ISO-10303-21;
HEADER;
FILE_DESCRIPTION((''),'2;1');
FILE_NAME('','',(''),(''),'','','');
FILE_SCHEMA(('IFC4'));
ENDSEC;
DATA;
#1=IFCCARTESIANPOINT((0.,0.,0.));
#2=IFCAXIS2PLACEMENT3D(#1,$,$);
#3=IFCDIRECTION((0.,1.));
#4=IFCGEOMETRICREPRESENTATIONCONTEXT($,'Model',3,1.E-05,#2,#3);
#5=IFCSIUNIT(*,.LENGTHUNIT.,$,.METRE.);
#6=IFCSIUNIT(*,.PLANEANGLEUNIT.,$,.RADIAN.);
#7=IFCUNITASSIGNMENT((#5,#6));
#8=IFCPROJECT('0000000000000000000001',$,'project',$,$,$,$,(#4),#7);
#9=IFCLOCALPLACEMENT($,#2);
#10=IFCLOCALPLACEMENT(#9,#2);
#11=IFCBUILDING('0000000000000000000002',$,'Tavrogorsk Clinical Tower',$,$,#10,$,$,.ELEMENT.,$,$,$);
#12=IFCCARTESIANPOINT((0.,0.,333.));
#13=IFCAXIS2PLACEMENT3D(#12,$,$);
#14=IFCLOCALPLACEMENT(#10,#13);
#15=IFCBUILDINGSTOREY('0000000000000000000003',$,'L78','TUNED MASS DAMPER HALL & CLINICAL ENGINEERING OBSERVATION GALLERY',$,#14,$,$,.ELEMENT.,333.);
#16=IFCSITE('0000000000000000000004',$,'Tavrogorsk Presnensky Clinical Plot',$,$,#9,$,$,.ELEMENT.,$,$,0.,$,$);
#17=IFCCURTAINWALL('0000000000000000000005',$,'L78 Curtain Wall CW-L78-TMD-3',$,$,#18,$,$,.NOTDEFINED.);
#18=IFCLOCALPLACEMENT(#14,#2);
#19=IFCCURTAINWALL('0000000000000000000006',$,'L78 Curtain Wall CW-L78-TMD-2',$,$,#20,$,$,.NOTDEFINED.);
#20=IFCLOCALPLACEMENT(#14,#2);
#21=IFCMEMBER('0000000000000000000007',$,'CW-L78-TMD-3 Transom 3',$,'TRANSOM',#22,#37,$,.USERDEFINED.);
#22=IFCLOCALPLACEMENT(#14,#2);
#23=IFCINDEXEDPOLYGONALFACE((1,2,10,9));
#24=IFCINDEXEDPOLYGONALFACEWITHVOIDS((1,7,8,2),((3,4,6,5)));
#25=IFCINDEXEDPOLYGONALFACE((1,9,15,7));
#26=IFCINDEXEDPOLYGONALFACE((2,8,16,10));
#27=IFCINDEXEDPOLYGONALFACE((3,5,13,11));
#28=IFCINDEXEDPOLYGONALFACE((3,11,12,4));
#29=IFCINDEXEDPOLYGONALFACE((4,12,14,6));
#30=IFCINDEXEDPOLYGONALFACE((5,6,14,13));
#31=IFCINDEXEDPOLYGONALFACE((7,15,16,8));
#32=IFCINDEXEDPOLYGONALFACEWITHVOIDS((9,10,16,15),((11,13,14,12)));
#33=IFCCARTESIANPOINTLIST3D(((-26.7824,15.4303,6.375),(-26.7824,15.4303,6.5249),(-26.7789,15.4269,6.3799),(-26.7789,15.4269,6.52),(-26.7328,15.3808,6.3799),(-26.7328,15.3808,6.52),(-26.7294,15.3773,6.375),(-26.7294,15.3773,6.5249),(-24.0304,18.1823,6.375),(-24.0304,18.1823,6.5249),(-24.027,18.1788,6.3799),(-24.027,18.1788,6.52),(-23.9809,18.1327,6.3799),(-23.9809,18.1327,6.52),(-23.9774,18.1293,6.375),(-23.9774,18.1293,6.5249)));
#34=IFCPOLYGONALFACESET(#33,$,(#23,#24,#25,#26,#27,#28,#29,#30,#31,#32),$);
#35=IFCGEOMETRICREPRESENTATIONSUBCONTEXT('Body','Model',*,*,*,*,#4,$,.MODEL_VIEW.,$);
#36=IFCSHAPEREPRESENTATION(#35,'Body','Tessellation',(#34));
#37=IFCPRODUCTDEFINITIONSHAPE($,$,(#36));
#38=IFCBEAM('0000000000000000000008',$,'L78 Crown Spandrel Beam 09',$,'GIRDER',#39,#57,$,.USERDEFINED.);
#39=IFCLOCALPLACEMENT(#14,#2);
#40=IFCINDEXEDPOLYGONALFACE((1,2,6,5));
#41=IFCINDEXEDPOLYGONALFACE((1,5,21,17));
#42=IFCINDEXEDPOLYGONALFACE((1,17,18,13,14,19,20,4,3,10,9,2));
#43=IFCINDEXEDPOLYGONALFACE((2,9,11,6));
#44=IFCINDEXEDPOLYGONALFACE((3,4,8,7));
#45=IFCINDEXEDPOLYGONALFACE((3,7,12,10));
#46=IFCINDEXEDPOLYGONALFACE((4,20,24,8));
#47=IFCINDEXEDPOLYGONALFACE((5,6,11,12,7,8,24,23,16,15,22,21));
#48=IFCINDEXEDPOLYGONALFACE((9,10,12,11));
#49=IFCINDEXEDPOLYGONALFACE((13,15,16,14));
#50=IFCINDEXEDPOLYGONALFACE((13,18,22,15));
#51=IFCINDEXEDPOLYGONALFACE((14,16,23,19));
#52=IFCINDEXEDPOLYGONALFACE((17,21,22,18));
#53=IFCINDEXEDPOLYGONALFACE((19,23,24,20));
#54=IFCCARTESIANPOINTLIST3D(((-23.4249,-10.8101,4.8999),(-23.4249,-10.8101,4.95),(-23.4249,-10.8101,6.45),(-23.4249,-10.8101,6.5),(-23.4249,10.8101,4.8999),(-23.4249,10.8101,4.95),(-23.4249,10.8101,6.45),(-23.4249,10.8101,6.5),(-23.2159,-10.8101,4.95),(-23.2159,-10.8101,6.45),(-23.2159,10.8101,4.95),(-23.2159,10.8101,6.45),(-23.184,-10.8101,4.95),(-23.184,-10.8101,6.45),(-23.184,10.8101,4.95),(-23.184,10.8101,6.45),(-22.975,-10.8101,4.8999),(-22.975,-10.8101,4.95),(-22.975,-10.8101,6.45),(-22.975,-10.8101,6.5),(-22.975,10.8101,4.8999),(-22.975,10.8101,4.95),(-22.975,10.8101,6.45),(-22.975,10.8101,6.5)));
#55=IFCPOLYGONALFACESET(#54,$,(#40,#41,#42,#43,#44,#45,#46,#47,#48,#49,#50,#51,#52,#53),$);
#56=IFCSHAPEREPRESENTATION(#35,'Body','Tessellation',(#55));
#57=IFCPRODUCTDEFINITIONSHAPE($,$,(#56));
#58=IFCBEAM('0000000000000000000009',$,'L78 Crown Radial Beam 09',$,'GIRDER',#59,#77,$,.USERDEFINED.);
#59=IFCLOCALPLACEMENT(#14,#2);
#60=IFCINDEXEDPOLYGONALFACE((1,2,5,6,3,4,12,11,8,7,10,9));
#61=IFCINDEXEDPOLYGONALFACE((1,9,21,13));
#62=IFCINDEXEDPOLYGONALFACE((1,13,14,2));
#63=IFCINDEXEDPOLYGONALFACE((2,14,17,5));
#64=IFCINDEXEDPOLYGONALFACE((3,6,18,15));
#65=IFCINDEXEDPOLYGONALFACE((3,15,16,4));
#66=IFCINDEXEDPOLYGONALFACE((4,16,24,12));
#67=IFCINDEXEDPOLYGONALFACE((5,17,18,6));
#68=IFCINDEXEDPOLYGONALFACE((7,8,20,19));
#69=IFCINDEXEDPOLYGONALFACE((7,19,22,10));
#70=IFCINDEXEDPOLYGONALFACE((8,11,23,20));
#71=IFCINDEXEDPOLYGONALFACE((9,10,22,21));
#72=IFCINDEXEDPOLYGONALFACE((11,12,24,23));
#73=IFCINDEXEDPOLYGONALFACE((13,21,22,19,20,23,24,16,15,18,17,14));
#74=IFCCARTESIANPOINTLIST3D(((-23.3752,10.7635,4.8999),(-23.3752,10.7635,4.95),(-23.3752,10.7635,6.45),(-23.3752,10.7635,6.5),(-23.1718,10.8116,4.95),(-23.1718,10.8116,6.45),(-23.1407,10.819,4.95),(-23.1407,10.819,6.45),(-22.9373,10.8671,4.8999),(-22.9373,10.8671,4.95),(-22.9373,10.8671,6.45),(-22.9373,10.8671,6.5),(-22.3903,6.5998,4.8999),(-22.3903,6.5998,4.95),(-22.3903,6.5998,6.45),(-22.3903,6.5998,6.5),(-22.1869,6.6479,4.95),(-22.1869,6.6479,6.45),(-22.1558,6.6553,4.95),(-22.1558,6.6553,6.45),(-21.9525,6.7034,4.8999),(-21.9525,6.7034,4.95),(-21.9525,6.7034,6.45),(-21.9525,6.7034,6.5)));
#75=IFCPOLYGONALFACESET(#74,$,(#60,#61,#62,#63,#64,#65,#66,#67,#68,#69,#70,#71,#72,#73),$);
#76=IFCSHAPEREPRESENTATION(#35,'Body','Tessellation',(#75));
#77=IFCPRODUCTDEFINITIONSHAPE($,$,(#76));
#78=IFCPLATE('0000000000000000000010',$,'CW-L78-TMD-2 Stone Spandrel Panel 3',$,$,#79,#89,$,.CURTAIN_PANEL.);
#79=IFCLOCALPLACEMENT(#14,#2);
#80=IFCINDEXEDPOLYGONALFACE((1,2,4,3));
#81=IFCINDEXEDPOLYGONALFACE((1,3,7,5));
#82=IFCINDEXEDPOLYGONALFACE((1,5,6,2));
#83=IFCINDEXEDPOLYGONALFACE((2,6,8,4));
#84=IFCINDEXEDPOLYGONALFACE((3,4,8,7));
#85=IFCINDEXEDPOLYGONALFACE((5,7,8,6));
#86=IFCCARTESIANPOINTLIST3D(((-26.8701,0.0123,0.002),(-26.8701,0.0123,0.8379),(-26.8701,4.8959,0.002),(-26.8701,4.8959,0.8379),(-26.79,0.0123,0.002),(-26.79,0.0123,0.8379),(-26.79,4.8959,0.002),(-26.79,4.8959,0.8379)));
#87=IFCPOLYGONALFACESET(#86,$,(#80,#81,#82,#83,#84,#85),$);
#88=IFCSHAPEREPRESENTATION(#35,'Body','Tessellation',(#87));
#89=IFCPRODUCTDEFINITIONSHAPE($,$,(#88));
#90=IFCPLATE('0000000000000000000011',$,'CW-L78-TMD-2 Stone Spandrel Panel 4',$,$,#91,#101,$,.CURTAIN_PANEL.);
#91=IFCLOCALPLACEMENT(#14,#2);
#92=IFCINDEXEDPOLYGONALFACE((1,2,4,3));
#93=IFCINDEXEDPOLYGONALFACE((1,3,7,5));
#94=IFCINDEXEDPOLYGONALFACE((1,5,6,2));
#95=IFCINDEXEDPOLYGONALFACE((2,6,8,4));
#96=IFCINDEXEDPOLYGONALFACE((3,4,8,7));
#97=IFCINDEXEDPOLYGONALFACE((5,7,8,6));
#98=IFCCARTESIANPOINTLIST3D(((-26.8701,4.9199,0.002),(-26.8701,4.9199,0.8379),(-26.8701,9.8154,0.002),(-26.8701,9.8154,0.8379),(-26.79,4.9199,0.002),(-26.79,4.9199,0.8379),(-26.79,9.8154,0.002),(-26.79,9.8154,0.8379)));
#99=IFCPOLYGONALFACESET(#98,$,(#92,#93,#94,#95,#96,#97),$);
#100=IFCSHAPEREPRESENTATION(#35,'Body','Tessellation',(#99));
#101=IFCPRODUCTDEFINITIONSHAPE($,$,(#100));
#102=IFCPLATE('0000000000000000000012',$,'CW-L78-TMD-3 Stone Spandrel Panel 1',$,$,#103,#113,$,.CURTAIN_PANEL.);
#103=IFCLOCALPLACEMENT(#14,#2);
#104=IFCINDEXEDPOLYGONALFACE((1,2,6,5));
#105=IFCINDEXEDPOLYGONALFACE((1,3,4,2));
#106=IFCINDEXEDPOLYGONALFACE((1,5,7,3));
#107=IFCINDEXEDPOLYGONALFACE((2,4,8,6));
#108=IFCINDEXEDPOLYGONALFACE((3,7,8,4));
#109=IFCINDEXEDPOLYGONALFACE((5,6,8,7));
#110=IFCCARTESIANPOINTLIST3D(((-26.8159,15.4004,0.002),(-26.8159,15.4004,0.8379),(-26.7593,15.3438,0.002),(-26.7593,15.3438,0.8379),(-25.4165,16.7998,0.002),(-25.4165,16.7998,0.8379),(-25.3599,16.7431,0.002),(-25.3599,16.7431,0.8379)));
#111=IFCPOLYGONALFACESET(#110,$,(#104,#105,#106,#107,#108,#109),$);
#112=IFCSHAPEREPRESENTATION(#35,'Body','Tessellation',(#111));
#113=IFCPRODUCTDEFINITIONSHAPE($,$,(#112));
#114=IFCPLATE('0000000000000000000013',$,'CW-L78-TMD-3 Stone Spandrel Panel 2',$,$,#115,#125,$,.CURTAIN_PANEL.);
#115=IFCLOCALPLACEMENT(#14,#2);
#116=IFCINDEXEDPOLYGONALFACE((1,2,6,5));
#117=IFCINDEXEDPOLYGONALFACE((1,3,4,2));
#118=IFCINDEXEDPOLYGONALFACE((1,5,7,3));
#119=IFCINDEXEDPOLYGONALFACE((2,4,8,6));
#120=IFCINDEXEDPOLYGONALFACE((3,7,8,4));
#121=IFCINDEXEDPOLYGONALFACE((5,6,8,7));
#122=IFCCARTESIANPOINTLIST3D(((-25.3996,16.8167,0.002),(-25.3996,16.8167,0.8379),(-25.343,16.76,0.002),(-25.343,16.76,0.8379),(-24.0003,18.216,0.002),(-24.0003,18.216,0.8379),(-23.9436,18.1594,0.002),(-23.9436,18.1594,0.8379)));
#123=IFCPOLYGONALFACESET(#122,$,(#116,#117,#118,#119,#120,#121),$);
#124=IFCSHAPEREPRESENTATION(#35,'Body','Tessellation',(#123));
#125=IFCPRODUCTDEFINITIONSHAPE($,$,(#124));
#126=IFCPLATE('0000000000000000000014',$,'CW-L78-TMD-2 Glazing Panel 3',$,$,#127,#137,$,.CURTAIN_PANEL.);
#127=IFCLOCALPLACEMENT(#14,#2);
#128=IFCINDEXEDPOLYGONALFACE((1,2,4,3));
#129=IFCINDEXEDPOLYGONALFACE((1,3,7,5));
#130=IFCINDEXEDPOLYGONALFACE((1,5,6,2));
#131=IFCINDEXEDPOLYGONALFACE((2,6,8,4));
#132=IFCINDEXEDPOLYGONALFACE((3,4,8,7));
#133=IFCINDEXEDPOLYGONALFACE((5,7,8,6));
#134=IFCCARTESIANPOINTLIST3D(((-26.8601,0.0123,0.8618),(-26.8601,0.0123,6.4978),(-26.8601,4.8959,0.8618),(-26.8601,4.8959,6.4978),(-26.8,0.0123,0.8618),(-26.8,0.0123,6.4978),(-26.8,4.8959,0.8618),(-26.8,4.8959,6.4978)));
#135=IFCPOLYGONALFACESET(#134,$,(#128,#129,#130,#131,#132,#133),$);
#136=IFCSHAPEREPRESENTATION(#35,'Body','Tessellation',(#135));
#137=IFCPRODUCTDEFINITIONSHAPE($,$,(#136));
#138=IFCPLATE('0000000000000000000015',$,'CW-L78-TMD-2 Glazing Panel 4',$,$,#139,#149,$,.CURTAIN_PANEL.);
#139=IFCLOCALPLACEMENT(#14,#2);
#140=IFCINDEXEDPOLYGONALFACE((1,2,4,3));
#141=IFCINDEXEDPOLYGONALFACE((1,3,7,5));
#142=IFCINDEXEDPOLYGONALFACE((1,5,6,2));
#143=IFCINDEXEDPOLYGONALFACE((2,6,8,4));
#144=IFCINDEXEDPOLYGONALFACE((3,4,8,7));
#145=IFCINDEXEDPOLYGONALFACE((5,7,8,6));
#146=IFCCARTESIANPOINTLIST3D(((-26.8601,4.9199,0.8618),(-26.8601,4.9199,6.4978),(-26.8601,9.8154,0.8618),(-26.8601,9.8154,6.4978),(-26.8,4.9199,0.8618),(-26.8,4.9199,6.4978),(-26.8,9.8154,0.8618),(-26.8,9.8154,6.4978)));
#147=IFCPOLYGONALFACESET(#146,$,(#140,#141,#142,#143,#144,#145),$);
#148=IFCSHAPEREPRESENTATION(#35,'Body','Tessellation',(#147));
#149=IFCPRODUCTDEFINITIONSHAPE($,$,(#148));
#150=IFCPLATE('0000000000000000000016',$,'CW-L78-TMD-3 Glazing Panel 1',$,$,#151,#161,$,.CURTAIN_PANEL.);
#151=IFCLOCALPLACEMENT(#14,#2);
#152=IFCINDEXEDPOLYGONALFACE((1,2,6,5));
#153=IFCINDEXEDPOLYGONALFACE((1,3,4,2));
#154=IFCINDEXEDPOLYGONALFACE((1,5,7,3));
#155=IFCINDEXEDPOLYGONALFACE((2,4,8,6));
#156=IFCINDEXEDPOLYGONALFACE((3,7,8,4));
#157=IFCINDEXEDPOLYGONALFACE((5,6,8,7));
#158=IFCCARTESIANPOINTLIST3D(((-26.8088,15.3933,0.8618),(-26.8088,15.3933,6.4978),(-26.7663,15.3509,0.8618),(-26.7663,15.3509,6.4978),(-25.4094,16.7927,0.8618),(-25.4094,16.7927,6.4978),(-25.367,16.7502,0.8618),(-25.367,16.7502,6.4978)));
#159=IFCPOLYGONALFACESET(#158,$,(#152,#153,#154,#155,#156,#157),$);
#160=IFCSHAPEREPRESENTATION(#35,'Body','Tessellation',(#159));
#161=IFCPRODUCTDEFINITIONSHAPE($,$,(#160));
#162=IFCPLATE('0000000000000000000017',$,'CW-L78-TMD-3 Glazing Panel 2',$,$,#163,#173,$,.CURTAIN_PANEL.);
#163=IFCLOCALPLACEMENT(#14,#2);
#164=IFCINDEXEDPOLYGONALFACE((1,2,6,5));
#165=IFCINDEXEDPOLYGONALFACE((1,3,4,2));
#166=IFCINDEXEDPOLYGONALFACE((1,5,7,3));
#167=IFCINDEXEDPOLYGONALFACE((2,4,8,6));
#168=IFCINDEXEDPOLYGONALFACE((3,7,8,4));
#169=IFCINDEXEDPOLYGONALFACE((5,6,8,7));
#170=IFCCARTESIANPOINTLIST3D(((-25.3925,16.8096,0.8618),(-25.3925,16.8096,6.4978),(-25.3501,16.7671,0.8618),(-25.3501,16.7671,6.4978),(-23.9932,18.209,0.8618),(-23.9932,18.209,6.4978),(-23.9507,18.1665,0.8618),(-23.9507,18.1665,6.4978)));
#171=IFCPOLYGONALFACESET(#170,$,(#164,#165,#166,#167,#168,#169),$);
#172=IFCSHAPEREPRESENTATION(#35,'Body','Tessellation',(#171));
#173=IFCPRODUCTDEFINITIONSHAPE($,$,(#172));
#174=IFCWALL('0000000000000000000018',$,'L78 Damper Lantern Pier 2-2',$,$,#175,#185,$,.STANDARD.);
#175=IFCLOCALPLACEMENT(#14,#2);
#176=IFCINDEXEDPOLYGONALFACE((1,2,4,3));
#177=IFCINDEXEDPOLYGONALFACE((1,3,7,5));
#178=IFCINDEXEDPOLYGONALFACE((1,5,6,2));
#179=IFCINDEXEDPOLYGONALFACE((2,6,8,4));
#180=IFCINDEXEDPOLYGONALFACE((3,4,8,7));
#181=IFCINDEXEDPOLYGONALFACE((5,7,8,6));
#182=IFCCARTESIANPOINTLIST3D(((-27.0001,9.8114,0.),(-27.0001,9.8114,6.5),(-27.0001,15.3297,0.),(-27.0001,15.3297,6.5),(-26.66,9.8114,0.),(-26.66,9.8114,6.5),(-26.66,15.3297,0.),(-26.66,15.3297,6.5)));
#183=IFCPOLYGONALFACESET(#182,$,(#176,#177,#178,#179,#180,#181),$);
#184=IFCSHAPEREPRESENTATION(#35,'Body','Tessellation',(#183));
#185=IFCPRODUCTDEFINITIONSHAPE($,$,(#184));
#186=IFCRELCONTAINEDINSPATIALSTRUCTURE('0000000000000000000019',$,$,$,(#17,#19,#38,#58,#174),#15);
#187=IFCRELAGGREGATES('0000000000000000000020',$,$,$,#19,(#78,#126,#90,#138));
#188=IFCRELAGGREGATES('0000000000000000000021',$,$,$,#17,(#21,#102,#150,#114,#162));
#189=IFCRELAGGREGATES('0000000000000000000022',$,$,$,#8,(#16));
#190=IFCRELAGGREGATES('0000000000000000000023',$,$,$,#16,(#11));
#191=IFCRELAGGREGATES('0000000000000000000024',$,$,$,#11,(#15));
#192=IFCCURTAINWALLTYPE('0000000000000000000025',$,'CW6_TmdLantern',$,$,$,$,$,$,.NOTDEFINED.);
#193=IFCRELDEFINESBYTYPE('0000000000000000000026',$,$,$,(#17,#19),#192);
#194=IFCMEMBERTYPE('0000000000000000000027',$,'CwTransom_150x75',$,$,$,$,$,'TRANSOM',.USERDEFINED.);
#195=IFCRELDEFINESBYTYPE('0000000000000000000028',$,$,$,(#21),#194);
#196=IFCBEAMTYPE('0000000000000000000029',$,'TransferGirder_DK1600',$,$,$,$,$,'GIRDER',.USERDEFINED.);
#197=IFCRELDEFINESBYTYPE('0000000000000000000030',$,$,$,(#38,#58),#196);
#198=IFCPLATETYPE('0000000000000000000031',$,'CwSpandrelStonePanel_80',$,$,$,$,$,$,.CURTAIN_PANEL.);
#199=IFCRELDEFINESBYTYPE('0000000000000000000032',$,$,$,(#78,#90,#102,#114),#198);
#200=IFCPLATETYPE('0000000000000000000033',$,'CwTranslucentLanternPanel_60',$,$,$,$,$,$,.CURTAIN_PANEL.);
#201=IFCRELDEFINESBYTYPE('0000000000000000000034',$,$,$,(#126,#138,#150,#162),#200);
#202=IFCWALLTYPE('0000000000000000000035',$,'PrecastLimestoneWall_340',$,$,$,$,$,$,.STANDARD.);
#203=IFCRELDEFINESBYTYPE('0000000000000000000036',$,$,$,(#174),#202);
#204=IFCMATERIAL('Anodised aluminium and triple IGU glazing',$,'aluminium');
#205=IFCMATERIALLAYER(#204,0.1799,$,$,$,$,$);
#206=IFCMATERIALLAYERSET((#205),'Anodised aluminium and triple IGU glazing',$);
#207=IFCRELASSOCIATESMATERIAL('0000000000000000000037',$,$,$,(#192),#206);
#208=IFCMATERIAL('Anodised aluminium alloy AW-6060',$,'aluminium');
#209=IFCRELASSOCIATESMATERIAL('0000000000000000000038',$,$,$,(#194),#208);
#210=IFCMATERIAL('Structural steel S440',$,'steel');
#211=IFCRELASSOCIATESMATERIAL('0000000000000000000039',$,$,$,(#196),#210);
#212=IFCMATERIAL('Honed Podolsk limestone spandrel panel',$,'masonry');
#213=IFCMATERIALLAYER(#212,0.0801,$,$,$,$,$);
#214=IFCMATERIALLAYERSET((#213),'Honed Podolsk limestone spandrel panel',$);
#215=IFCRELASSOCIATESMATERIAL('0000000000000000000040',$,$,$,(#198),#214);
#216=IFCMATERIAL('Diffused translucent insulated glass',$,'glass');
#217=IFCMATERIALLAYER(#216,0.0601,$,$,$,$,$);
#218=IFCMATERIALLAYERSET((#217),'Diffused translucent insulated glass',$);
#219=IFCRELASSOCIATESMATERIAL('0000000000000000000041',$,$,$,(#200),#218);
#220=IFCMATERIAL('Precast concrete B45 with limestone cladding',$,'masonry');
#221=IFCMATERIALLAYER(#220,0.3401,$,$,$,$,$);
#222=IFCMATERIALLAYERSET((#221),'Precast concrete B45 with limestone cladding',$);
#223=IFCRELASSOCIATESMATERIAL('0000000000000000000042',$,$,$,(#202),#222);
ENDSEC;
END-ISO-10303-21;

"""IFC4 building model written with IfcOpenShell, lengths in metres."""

from ifc_helpers import new_model, si_unit, direction, frame, frame_2d, origin, origin_2d, place, context, subcontext, project, spatial, rectangle, hollow_rectangle, i_section, extrude, material, layer, layer_set, material_profile, profile_set, type_object, element, aggregate, save


model = new_model("IFC4")

# Units and contexts
model_context = context("Model", 3, precision=1e-05, world=origin(), true_north=direction((0.0, 1.0)))
body_context = subcontext(model_context, "Body", "Model", "MODEL_VIEW")
ifc_project = project(units=[si_unit("LENGTHUNIT", "METRE"), si_unit("PLANEANGLEUNIT", "RADIAN")], contexts=[model_context])

# Site, building, storey
site_placement = place(None, origin())
site = spatial("IfcSite", under=ifc_project, at=site_placement, Name="Tavrogorsk Presnensky Clinical Plot", CompositionType="ELEMENT", RefElevation=0.0)
building_placement = place(site_placement, origin())
building = spatial("IfcBuilding", under=site, at=building_placement, Name="Tavrogorsk Clinical Tower", CompositionType="ELEMENT")
storey_placement = place(building_placement, frame((0.0, 0.0, 333.0)))
storey = spatial("IfcBuildingStorey", under=building, at=storey_placement, Name="L78", Description="TUNED MASS DAMPER HALL & CLINICAL ENGINEERING OBSERVATION GALLERY", CompositionType="ELEMENT", Elevation=333.0)

# Curtain walls
ifc_material_1 = material(Name="Anodised aluminium and triple IGU glazing", Category="aluminium")
ifc_layer_1 = layer(ifc_material_1, 0.1799)
ifc_layer_set_1 = layer_set([ifc_layer_1], Name="Anodised aluminium and triple IGU glazing")
curtain_wall_type = type_object("IfcCurtainWallType", Name="CW6_TmdLantern", PredefinedType="NOTDEFINED", material=ifc_layer_set_1)
curtain_wall_1_placement = place(storey_placement, origin())
curtain_wall_1 = element("IfcCurtainWall", 1, at=curtain_wall_1_placement, inside=storey, type_object=curtain_wall_type, Name="L78 Curtain Wall CW-L78-TMD-3", PredefinedType="NOTDEFINED")
curtain_wall_2_placement = place(storey_placement, origin())
curtain_wall_2 = element("IfcCurtainWall", 2, at=curtain_wall_2_placement, inside=storey, type_object=curtain_wall_type, Name="L78 Curtain Wall CW-L78-TMD-2", PredefinedType="NOTDEFINED")

# Member
ifc_material_2 = material(Name="Anodised aluminium alloy AW-6060", Category="aluminium")
ifc_material_profile_1 = material_profile(ifc_material_2, hollow_rectangle(XDim=0.075, YDim=0.1499, WallThickness=0.0049, at=origin_2d()), Name="RHS-150x75x5")
ifc_profile_set_1 = profile_set([ifc_material_profile_1], Name="Anodised aluminium alloy AW-6060")
member_type_1 = type_object("IfcMemberType", Name="CwTransom_150x75", ElementType="TRANSOM", PredefinedType="USERDEFINED", material=ifc_profile_set_1)
member_1_placement = place(storey_placement, frame((-26.7559, 15.4038, 6.45), z_axis=(0.707107, 0.707107, 0.0), x_axis=(-0.707107, 0.707107, 0.0)))
member_1 = element("IfcMember", 3, at=member_1_placement, type_object=member_type_1, Name="CW-L78-TMD-3 Transom 3", ObjectType="TRANSOM", PredefinedType="USERDEFINED", context=body_context, shape_type="SweptSolid", body=[
    extrude(hollow_rectangle(XDim=0.075, YDim=0.1499, WallThickness=0.0049, at=origin_2d()), origin(), (0.0, 0.0, 1.0), 3.8918),
])

# Beams
ifc_material_3 = material(Name="Structural steel S440", Category="steel")
ifc_material_profile_2 = material_profile(ifc_material_3, i_section(OverallWidth=0.45, OverallDepth=1.6001, WebThickness=0.032, FlangeThickness=0.05, at=origin_2d()), Name="DK-1600x450x32x50")
ifc_profile_set_2 = profile_set([ifc_material_profile_2], Name="Structural steel S440")
beam_type = type_object("IfcBeamType", Name="TransferGirder_DK1600", ElementType="GIRDER", PredefinedType="USERDEFINED", material=ifc_profile_set_2)
beam_1_placement = place(storey_placement, frame((-23.2, 10.8101, 5.7), z_axis=(0.0, -1.0, 0.0), x_axis=(1.0, 0.0, 0.0)))
element("IfcBeam", 4, at=beam_1_placement, inside=storey, type_object=beam_type, Name="L78 Crown Spandrel Beam 09", ObjectType="GIRDER", PredefinedType="USERDEFINED", context=body_context, shape_type="SweptSolid", body=[
    extrude(i_section(OverallWidth=0.45, OverallDepth=1.6001, WebThickness=0.032, FlangeThickness=0.05, at=origin_2d()), origin(), (0.0, 0.0, 1.0), 21.6201),
])
beam_2_placement = place(storey_placement, frame((-22.1714, 6.6516, 5.7), z_axis=(-0.230191, 0.973146, 0.0), x_axis=(-0.973146, -0.230191, 0.0)))
element("IfcBeam", 5, at=beam_2_placement, inside=storey, type_object=beam_type, Name="L78 Crown Radial Beam 09", ObjectType="GIRDER", PredefinedType="USERDEFINED", context=body_context, shape_type="SweptSolid", body=[
    extrude(i_section(OverallWidth=0.45, OverallDepth=1.6001, WebThickness=0.032, FlangeThickness=0.05, at=origin_2d()), origin(), (0.0, 0.0, 1.0), 4.2786),
])

# Plates
ifc_material_4 = material(Name="Honed Podolsk limestone spandrel panel", Category="masonry")
ifc_layer_2 = layer(ifc_material_4, 0.0801)
ifc_layer_set_2 = layer_set([ifc_layer_2], Name="Honed Podolsk limestone spandrel panel")
plate_type_1 = type_object("IfcPlateType", Name="CwSpandrelStonePanel_80", PredefinedType="CURTAIN_PANEL", material=ifc_layer_set_2)
plate_1_placement = place(storey_placement, frame((-26.8301, 2.4541, 0.002), z_axis=(0.0, 0.0, 1.0), x_axis=(0.0, 1.0, 0.0)))
plate_1 = element("IfcPlate", 6, at=plate_1_placement, type_object=plate_type_1, Name="CW-L78-TMD-2 Stone Spandrel Panel 3", PredefinedType="CURTAIN_PANEL", context=body_context, shape_type="SweptSolid", body=[
    extrude(rectangle(XDim=4.8835, YDim=0.0801, at=origin_2d()), origin(), (0.0, 0.0, 1.0), 0.8359),
])
plate_2_placement = place(storey_placement, frame((-26.8301, 7.3677, 0.002), z_axis=(0.0, 0.0, 1.0), x_axis=(0.0, 1.0, 0.0)))
plate_2 = element("IfcPlate", 7, at=plate_2_placement, type_object=plate_type_1, Name="CW-L78-TMD-2 Stone Spandrel Panel 4", PredefinedType="CURTAIN_PANEL", context=body_context, shape_type="SweptSolid", body=[
    extrude(rectangle(XDim=4.8955, YDim=0.0801, at=origin_2d()), origin(), (0.0, 0.0, 1.0), 0.8359),
])
plate_3_placement = place(storey_placement, frame((-26.0879, 16.0718, 0.002), z_axis=(0.0, 0.0, 1.0), x_axis=(0.707107, 0.707107, 0.0)))
plate_3 = element("IfcPlate", 8, at=plate_3_placement, type_object=plate_type_1, Name="CW-L78-TMD-3 Stone Spandrel Panel 1", PredefinedType="CURTAIN_PANEL", context=body_context, shape_type="SweptSolid", body=[
    extrude(rectangle(XDim=1.979, YDim=0.0801, at=origin_2d()), origin(), (0.0, 0.0, 1.0), 0.8359),
])
plate_4_placement = place(storey_placement, frame((-24.6716, 17.488, 0.002), z_axis=(0.0, 0.0, 1.0), x_axis=(0.707107, 0.707107, 0.0)))
plate_4 = element("IfcPlate", 9, at=plate_4_placement, type_object=plate_type_1, Name="CW-L78-TMD-3 Stone Spandrel Panel 2", PredefinedType="CURTAIN_PANEL", context=body_context, shape_type="SweptSolid", body=[
    extrude(rectangle(XDim=1.979, YDim=0.0801, at=origin_2d()), origin(), (0.0, 0.0, 1.0), 0.8359),
])
ifc_material_5 = material(Name="Diffused translucent insulated glass", Category="glass")
ifc_layer_3 = layer(ifc_material_5, 0.0601)
ifc_layer_set_3 = layer_set([ifc_layer_3], Name="Diffused translucent insulated glass")
plate_type_2 = type_object("IfcPlateType", Name="CwTranslucentLanternPanel_60", PredefinedType="CURTAIN_PANEL", material=ifc_layer_set_3)
plate_5_placement = place(storey_placement, frame((-26.8301, 2.4541, 0.8618), z_axis=(0.0, 0.0, 1.0), x_axis=(0.0, 1.0, 0.0)))
plate_5 = element("IfcPlate", 10, at=plate_5_placement, type_object=plate_type_2, Name="CW-L78-TMD-2 Glazing Panel 3", PredefinedType="CURTAIN_PANEL", context=body_context, shape_type="SweptSolid", body=[
    extrude(rectangle(XDim=4.8835, YDim=0.0601, at=origin_2d()), origin(), (0.0, 0.0, 1.0), 5.636),
])
plate_6_placement = place(storey_placement, frame((-26.8301, 7.3677, 0.8618), z_axis=(0.0, 0.0, 1.0), x_axis=(0.0, 1.0, 0.0)))
plate_6 = element("IfcPlate", 11, at=plate_6_placement, type_object=plate_type_2, Name="CW-L78-TMD-2 Glazing Panel 4", PredefinedType="CURTAIN_PANEL", context=body_context, shape_type="SweptSolid", body=[
    extrude(rectangle(XDim=4.8955, YDim=0.0601, at=origin_2d()), origin(), (0.0, 0.0, 1.0), 5.636),
])
aggregate(curtain_wall_2, [plate_1, plate_5, plate_2, plate_6])
plate_7_placement = place(storey_placement, frame((-26.0879, 16.0718, 0.8618), z_axis=(0.0, 0.0, 1.0), x_axis=(0.707107, 0.707107, 0.0)))
plate_7 = element("IfcPlate", 12, at=plate_7_placement, type_object=plate_type_2, Name="CW-L78-TMD-3 Glazing Panel 1", PredefinedType="CURTAIN_PANEL", context=body_context, shape_type="SweptSolid", body=[
    extrude(rectangle(XDim=1.979, YDim=0.0601, at=origin_2d()), origin(), (0.0, 0.0, 1.0), 5.636),
])
plate_8_placement = place(storey_placement, frame((-24.6716, 17.488, 0.8618), z_axis=(0.0, 0.0, 1.0), x_axis=(0.707107, 0.707107, 0.0)))
plate_8 = element("IfcPlate", 13, at=plate_8_placement, type_object=plate_type_2, Name="CW-L78-TMD-3 Glazing Panel 2", PredefinedType="CURTAIN_PANEL", context=body_context, shape_type="SweptSolid", body=[
    extrude(rectangle(XDim=1.979, YDim=0.0601, at=origin_2d()), origin(), (0.0, 0.0, 1.0), 5.636),
])
aggregate(curtain_wall_1, [member_1, plate_3, plate_7, plate_4, plate_8])

# Wall
ifc_material_6 = material(Name="Precast concrete B45 with limestone cladding", Category="masonry")
ifc_layer_4 = layer(ifc_material_6, 0.3401)
ifc_layer_set_4 = layer_set([ifc_layer_4], Name="Precast concrete B45 with limestone cladding")
wall_type_1 = type_object("IfcWallType", Name="PrecastLimestoneWall_340", PredefinedType="STANDARD", material=ifc_layer_set_4)
wall_1_placement = place(storey_placement, frame((-26.8301, 9.8113, 0.0), z_axis=(0.0, 0.0, 1.0), x_axis=(0.0, 1.0, 0.0)))
element("IfcWall", 14, at=wall_1_placement, inside=storey, type_object=wall_type_1, Name="L78 Damper Lantern Pier 2-2", PredefinedType="STANDARD", context=body_context, shape_type="SweptSolid", body=[
    extrude(rectangle(XDim=5.5183, YDim=0.3401, at=frame_2d((2.7593, 0.0))), origin(), (0.0, 0.0, 1.0), 6.5),
])

save(model, "model.ifc")
